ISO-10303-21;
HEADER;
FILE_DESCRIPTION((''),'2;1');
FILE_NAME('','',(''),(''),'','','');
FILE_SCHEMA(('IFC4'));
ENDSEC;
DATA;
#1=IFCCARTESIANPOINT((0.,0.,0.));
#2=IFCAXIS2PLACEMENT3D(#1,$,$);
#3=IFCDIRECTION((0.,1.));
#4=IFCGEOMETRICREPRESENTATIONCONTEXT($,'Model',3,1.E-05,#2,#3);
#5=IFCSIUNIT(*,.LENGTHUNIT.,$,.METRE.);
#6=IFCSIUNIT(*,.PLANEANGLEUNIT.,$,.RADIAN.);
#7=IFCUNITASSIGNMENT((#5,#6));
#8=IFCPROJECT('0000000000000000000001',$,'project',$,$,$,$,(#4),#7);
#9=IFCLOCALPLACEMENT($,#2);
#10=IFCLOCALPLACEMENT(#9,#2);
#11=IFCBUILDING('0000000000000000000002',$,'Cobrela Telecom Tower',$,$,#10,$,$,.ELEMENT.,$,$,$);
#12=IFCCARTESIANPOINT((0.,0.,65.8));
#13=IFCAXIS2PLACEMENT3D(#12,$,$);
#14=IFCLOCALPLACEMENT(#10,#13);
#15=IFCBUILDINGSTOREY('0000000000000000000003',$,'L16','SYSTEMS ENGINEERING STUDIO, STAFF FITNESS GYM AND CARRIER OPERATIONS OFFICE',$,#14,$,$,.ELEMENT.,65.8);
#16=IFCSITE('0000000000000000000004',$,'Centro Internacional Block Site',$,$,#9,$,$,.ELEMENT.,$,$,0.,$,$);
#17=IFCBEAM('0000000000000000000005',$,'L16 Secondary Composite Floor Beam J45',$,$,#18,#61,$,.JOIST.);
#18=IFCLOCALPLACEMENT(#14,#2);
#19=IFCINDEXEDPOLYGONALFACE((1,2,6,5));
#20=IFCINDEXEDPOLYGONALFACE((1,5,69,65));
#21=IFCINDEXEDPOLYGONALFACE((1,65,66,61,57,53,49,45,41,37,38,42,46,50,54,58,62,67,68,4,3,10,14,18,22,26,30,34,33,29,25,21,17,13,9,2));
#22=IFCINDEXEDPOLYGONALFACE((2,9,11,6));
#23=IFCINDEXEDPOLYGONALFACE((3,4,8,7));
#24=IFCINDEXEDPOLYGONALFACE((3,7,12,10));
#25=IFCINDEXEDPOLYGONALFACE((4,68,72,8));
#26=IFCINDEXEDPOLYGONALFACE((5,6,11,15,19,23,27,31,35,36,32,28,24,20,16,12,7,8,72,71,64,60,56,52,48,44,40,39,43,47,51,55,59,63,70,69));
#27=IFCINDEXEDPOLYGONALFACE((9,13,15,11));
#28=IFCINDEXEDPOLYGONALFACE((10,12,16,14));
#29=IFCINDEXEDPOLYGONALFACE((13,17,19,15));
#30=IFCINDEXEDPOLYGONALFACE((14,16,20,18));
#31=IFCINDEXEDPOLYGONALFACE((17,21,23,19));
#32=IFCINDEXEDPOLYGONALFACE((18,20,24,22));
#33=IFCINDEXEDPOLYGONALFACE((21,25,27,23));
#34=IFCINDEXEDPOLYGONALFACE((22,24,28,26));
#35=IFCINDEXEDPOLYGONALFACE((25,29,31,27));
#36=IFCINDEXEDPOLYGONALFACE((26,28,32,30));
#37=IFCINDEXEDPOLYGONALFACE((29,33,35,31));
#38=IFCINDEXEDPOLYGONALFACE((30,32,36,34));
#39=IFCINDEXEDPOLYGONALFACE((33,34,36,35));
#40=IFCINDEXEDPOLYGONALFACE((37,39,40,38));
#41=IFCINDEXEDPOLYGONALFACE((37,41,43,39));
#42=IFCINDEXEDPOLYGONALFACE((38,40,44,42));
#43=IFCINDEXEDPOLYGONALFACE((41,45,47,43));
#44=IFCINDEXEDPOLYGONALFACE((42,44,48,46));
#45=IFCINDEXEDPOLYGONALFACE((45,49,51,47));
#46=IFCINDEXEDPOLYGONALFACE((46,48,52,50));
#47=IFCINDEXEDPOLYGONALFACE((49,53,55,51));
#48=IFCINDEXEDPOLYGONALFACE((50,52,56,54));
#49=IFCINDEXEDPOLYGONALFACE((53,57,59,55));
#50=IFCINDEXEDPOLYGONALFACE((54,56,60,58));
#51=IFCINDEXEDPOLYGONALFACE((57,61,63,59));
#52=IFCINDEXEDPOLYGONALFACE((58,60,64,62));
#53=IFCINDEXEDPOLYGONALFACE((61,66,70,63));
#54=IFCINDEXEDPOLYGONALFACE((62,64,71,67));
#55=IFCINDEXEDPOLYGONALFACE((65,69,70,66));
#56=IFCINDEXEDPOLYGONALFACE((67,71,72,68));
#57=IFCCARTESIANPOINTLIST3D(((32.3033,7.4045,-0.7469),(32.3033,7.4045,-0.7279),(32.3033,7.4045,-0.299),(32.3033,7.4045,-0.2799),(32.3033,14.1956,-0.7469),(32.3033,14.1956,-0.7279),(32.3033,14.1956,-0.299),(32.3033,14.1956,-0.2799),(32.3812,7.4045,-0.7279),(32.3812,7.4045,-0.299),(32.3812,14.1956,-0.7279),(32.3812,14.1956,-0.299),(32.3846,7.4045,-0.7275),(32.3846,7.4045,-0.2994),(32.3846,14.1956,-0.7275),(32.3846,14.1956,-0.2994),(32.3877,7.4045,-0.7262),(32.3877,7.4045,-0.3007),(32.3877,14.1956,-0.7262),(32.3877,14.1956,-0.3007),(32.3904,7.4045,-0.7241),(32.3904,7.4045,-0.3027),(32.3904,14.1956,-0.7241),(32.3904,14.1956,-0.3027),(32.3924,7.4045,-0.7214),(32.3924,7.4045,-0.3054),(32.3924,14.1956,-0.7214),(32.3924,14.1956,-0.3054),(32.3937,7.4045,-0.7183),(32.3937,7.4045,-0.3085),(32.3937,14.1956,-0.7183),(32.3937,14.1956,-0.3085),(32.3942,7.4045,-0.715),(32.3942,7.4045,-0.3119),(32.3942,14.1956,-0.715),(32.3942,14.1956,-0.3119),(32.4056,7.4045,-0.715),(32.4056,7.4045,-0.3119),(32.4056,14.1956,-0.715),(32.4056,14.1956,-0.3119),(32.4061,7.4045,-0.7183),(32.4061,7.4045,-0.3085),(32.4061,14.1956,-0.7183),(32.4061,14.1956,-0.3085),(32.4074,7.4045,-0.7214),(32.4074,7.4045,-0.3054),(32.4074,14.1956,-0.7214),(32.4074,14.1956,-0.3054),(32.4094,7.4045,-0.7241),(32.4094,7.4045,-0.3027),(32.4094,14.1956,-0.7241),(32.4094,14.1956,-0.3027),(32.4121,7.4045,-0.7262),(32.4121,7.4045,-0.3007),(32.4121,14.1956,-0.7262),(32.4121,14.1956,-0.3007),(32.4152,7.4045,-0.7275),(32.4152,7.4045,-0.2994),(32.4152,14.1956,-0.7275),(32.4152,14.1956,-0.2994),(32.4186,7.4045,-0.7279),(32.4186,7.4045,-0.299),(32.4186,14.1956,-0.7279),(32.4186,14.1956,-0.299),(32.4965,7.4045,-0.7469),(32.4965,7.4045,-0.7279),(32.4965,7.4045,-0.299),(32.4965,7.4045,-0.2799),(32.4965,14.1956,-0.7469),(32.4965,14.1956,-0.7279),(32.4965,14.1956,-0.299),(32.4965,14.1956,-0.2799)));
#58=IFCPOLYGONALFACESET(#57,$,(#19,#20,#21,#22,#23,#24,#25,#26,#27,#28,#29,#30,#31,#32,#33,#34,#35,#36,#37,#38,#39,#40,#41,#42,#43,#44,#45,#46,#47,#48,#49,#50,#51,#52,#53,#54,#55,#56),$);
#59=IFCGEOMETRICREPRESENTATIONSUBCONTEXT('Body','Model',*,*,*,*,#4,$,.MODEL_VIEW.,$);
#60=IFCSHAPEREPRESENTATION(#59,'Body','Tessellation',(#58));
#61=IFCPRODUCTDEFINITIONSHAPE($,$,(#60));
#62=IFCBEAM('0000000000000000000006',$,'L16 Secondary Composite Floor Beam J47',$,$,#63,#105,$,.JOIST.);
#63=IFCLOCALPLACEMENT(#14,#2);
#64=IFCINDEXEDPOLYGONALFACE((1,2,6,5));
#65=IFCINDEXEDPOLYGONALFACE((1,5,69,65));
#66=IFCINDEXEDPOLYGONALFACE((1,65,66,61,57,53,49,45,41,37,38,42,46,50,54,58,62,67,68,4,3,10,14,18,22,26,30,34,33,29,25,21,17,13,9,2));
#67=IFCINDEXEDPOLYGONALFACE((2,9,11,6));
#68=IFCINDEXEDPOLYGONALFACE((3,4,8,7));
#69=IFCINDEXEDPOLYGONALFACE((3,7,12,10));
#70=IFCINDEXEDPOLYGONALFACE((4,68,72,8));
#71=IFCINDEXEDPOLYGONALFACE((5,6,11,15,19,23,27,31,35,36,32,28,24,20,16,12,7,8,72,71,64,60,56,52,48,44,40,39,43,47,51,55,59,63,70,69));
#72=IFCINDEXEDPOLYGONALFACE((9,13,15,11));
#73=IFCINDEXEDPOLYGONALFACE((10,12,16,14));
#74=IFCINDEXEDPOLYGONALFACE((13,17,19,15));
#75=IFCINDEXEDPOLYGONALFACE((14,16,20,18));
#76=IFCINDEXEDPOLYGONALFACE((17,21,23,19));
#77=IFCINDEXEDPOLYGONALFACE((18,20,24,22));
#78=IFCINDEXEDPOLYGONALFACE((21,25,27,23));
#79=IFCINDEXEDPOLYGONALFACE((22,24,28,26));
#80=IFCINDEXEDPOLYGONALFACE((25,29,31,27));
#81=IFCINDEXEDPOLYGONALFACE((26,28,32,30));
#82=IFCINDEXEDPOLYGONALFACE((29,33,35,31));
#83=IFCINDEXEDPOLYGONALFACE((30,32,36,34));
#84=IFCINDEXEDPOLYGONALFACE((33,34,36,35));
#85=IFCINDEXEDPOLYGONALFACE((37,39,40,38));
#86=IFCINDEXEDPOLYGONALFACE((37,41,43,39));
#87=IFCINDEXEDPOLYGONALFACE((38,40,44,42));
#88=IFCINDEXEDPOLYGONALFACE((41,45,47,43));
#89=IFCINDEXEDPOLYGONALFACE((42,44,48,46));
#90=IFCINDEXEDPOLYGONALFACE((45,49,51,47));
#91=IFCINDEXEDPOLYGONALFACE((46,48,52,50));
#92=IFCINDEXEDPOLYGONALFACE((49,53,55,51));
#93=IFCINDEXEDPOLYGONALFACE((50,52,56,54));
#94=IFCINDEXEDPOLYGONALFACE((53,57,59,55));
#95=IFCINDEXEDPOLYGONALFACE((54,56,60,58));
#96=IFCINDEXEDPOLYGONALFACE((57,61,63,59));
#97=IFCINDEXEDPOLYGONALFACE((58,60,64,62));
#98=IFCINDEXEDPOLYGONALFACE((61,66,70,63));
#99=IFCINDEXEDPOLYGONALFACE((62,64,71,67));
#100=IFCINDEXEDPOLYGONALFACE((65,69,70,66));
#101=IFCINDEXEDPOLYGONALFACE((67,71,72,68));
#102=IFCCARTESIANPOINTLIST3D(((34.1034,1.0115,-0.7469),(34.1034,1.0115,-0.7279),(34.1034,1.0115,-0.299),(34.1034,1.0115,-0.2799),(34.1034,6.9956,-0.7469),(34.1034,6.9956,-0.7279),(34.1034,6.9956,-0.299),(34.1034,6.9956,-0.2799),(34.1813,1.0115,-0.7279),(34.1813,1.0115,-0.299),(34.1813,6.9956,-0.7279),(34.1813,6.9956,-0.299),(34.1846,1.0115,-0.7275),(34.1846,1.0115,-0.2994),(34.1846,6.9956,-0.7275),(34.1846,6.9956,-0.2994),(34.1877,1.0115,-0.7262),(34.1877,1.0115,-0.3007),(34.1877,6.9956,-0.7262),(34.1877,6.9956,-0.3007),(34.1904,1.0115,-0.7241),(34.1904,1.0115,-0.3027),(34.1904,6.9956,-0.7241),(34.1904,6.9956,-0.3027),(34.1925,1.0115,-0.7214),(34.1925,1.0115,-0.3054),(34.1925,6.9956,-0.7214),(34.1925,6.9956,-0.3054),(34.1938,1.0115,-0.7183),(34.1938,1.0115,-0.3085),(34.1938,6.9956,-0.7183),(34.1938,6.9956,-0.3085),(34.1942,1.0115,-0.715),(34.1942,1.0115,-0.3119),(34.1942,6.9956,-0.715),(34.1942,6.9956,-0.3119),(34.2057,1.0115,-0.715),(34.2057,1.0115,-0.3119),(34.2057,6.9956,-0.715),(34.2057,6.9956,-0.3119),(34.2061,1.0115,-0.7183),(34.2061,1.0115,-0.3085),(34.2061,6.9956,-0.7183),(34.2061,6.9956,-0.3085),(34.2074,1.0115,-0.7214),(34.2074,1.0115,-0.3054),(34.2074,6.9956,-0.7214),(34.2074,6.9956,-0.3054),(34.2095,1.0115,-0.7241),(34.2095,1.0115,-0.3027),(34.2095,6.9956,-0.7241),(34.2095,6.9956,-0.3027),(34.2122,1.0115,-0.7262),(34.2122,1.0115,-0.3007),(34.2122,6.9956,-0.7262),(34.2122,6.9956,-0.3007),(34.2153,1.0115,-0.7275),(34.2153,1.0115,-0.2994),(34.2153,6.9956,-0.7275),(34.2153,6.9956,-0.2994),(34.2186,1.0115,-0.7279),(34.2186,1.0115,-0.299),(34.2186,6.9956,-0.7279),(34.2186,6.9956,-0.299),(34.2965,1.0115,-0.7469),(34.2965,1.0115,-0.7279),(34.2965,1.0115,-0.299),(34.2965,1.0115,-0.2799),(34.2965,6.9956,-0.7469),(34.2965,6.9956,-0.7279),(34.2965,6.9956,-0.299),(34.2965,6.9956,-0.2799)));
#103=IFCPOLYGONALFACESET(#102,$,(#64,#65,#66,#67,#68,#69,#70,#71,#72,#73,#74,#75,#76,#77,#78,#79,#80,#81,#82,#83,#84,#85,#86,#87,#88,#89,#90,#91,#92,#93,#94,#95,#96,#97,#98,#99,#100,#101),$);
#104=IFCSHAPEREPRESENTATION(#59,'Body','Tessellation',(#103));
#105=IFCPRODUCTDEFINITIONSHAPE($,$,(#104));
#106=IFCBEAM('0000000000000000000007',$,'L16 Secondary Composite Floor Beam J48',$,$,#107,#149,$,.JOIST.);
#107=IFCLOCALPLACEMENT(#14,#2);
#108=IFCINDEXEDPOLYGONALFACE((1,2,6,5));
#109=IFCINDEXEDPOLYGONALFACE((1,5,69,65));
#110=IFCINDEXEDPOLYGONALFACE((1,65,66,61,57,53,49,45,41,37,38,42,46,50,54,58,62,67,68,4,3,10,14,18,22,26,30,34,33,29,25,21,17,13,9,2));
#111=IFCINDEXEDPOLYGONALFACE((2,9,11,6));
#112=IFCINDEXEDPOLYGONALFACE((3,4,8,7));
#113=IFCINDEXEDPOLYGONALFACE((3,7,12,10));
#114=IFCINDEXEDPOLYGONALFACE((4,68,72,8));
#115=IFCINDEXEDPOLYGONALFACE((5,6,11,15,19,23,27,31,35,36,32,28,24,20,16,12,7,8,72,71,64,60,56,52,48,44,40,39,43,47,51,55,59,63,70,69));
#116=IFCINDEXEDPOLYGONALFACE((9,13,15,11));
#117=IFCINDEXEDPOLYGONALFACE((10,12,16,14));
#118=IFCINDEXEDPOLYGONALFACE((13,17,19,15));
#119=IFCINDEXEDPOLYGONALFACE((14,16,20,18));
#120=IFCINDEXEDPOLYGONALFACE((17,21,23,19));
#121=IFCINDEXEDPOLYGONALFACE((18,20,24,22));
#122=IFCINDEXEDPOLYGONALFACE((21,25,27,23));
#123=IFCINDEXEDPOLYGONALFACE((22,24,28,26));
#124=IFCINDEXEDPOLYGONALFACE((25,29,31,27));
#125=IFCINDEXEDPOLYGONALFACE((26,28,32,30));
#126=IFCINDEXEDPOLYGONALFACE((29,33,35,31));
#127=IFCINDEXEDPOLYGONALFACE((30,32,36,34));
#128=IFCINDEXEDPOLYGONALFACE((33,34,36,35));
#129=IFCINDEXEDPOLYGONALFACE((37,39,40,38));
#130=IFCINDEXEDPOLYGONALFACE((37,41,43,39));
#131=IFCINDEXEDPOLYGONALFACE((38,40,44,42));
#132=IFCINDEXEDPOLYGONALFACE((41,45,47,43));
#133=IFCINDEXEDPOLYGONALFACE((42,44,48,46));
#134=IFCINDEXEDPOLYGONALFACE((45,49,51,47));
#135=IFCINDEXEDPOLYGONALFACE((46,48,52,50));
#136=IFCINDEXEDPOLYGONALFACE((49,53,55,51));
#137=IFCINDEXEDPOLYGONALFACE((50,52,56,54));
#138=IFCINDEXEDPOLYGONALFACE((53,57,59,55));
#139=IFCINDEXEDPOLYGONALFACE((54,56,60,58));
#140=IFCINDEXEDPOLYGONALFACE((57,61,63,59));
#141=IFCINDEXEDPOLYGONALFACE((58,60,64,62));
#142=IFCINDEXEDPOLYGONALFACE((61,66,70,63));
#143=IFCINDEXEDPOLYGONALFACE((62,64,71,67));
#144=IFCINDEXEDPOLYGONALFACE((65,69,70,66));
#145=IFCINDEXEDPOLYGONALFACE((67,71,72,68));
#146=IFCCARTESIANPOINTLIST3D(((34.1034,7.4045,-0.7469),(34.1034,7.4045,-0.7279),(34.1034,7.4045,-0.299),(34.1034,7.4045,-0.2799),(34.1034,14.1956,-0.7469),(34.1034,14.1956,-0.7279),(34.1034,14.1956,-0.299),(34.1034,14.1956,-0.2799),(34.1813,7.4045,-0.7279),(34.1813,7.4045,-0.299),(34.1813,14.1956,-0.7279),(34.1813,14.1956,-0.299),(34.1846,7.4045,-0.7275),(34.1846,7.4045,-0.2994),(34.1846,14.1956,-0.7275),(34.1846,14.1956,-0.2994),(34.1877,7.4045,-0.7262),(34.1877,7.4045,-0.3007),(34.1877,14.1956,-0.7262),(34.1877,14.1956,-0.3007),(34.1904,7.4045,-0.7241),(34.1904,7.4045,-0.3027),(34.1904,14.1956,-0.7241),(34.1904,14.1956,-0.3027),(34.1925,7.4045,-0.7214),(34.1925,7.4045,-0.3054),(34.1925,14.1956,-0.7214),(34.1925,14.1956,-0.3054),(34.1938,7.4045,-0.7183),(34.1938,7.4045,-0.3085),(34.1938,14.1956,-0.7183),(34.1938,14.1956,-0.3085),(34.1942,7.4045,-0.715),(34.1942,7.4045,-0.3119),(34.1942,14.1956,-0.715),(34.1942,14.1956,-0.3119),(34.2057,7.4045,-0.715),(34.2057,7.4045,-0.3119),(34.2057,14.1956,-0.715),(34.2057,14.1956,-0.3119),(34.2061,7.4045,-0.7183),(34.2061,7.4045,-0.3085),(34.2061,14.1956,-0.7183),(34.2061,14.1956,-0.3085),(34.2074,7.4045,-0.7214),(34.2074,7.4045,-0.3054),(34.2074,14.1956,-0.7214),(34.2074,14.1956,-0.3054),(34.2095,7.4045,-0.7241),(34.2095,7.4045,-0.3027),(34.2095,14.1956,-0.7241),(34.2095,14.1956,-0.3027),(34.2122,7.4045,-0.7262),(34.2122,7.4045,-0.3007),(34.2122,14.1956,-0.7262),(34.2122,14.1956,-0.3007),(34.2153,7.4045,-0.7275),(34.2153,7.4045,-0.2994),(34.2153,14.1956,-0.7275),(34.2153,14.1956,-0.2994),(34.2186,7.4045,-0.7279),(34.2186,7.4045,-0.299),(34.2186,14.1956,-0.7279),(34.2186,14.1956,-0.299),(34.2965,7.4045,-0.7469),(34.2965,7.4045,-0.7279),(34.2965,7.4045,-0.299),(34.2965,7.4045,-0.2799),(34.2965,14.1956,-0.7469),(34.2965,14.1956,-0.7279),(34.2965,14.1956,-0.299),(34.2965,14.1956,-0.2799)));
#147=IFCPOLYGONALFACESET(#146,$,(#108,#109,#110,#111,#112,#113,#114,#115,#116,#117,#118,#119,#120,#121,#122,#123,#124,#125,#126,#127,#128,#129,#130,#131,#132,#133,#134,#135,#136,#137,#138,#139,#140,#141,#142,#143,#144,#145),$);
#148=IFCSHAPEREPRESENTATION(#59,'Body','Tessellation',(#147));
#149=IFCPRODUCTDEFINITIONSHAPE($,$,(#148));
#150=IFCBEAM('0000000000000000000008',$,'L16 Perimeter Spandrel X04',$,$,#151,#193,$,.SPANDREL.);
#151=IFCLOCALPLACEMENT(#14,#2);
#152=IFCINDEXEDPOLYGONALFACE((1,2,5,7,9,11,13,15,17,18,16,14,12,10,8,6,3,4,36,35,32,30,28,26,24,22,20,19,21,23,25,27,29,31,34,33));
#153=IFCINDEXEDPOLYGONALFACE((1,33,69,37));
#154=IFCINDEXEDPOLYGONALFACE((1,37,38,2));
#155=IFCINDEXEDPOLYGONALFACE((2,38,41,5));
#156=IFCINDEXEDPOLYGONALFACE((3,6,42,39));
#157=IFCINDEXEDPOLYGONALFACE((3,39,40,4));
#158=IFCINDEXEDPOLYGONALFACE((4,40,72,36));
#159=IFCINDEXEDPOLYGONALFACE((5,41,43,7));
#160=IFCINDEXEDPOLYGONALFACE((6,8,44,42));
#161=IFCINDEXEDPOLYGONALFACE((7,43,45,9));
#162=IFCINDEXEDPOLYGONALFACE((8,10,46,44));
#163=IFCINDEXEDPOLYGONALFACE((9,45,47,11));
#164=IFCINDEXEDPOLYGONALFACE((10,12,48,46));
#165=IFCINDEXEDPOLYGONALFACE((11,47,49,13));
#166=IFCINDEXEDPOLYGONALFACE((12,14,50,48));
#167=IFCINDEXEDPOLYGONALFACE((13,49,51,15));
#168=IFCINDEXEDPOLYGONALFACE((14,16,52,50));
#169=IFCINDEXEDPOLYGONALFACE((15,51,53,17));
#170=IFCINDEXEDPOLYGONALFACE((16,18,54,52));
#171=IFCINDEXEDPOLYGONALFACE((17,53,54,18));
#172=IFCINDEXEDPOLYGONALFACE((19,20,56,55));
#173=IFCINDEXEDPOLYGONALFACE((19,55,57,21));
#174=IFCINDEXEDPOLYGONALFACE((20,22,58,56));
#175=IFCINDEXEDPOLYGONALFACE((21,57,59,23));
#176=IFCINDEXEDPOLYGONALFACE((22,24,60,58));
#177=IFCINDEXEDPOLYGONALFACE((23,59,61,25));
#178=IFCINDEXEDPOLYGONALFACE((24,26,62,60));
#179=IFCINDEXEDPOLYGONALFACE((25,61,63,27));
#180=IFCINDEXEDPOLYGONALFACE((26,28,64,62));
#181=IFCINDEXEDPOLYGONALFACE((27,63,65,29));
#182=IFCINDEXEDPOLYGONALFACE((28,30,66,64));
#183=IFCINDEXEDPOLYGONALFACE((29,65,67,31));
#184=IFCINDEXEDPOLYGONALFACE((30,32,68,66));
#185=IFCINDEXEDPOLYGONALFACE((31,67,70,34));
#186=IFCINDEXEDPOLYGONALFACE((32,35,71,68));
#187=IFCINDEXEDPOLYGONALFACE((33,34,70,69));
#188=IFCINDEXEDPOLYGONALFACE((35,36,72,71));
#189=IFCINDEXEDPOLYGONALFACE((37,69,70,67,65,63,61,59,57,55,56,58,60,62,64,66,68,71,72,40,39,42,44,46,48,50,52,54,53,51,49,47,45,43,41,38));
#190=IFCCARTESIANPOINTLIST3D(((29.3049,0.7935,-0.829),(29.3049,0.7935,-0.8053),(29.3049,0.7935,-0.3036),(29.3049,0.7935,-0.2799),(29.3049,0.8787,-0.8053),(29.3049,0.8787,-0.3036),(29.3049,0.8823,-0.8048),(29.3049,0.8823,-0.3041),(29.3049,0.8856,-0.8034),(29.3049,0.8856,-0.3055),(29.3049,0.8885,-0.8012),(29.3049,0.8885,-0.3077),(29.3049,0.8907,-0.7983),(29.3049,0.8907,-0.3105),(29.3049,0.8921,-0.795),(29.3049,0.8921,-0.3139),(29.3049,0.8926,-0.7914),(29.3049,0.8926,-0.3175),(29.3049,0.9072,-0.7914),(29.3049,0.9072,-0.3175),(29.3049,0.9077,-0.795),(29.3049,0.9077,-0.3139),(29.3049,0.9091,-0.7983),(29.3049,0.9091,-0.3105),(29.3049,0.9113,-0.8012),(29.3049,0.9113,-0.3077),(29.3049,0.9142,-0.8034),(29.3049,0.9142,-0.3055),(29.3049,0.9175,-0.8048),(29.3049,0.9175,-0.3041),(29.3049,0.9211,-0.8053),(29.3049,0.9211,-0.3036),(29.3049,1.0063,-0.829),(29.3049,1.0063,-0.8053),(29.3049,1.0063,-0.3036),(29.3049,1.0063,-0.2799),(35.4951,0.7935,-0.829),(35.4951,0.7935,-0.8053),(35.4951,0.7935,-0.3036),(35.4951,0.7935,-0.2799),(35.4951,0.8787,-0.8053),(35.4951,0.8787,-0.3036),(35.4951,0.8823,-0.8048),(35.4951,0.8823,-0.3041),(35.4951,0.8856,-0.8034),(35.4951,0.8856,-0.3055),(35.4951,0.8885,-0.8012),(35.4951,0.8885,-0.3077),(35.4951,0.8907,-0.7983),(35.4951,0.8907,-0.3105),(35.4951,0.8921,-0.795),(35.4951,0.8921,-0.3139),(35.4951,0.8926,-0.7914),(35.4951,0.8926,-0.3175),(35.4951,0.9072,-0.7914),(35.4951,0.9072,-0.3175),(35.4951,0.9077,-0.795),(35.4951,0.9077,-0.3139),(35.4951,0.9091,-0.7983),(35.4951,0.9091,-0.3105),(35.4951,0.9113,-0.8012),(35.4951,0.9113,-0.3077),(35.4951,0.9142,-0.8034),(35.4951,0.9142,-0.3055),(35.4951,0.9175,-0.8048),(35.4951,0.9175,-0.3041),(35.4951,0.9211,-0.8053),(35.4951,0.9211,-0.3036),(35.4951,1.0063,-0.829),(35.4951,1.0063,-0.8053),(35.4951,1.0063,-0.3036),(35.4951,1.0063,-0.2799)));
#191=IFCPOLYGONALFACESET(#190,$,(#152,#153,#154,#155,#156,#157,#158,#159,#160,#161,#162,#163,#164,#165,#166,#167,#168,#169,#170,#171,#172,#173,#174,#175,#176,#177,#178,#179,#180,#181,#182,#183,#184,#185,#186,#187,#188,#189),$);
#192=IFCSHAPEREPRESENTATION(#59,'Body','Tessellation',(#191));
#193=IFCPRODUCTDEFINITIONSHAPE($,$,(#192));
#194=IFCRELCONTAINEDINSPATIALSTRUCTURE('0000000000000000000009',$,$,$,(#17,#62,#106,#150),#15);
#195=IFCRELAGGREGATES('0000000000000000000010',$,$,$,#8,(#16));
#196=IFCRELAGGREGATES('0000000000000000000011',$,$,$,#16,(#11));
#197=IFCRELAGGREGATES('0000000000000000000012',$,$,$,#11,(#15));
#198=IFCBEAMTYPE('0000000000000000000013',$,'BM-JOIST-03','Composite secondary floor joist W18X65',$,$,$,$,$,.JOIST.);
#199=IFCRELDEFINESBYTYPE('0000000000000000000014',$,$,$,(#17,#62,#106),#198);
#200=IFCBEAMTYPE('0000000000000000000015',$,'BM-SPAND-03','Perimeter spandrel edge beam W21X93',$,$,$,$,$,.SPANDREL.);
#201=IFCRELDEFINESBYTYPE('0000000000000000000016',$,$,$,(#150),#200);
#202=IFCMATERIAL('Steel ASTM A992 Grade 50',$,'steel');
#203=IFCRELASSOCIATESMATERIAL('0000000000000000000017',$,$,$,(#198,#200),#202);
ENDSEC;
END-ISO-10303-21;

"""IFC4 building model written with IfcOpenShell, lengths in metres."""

from ifc_helpers import new_model, si_unit, direction, frame, origin, origin_2d, place, context, subcontext, project, spatial, i_section, extrude, material, material_profile, profile_set, type_object, element, save


model = new_model("IFC4")

# Units and contexts
model_context = context("Model", 3, precision=1e-05, world=origin(), true_north=direction((0.0, 1.0)))
body_context = subcontext(model_context, "Body", "Model", "MODEL_VIEW")
ifc_project = project(units=[si_unit("LENGTHUNIT", "METRE"), si_unit("PLANEANGLEUNIT", "RADIAN")], contexts=[model_context])

# Site, building, storey
site_placement = place(None, origin())
site = spatial("IfcSite", under=ifc_project, at=site_placement, Name="Centro Internacional Block Site", CompositionType="ELEMENT", RefElevation=0.0)
building_placement = place(site_placement, origin())
building = spatial("IfcBuilding", under=site, at=building_placement, Name="Cobrela Telecom Tower", CompositionType="ELEMENT")
storey_placement = place(building_placement, frame((0.0, 0.0, 65.8)))
storey = spatial("IfcBuildingStorey", under=building, at=storey_placement, Name="L16", Description="SYSTEMS ENGINEERING STUDIO, STAFF FITNESS GYM AND CARRIER OPERATIONS OFFICE", CompositionType="ELEMENT", Elevation=65.8)

# Shared definitions
ifc_material_1 = material(Name="Steel ASTM A992 Grade 50", Category="steel")

# Beams
ifc_material_profile_1 = material_profile(ifc_material_1, i_section(OverallWidth=0.1931, OverallDepth=0.467, WebThickness=0.0115, FlangeThickness=0.019, FilletRadius=0.0129, at=origin_2d()), Name="W18X65")
ifc_profile_set_1 = profile_set([ifc_material_profile_1], Name="Steel ASTM A992 Grade 50")
beam_type_1 = type_object("IfcBeamType", Name="BM-JOIST-03", Description="Composite secondary floor joist W18X65", PredefinedType="JOIST", material=ifc_profile_set_1)
beam_1_placement = place(storey_placement, frame((32.3999, 7.4045, -0.5134), z_axis=(0.0, 1.0, 0.0), x_axis=(-1.0, 0.0, 0.0)))
element("IfcBeam", 1, at=beam_1_placement, inside=storey, type_object=beam_type_1, Name="L16 Secondary Composite Floor Beam J45", PredefinedType="JOIST", context=body_context, shape_type="SweptSolid", body=[
    extrude(i_section(OverallWidth=0.1931, OverallDepth=0.467, WebThickness=0.0115, FlangeThickness=0.019, FilletRadius=0.0129, at=origin_2d()), origin(), (0.0, 0.0, 1.0), 6.791),
])
beam_2_placement = place(storey_placement, frame((34.2, 1.0115, -0.5134), z_axis=(0.0, 1.0, 0.0), x_axis=(-1.0, 0.0, 0.0)))
element("IfcBeam", 2, at=beam_2_placement, inside=storey, type_object=beam_type_1, Name="L16 Secondary Composite Floor Beam J47", PredefinedType="JOIST", context=body_context, shape_type="SweptSolid", body=[
    extrude(i_section(OverallWidth=0.1931, OverallDepth=0.467, WebThickness=0.0115, FlangeThickness=0.019, FilletRadius=0.0129, at=origin_2d()), origin(), (0.0, 0.0, 1.0), 5.9841),
])
beam_3_placement = place(storey_placement, frame((34.2, 7.4045, -0.5134), z_axis=(0.0, 1.0, 0.0), x_axis=(-1.0, 0.0, 0.0)))
element("IfcBeam", 3, at=beam_3_placement, inside=storey, type_object=beam_type_1, Name="L16 Secondary Composite Floor Beam J48", PredefinedType="JOIST", context=body_context, shape_type="SweptSolid", body=[
    extrude(i_section(OverallWidth=0.1931, OverallDepth=0.467, WebThickness=0.0115, FlangeThickness=0.019, FilletRadius=0.0129, at=origin_2d()), origin(), (0.0, 0.0, 1.0), 6.791),
])
ifc_material_profile_2 = material_profile(ifc_material_1, i_section(OverallWidth=0.2129, OverallDepth=0.5491, WebThickness=0.0146, FlangeThickness=0.0237, FilletRadius=0.0139, at=origin_2d()), Name="W21X93")
ifc_profile_set_2 = profile_set([ifc_material_profile_2], Name="Steel ASTM A992 Grade 50")
beam_type_2 = type_object("IfcBeamType", Name="BM-SPAND-03", Description="Perimeter spandrel edge beam W21X93", PredefinedType="SPANDREL", material=ifc_profile_set_2)
beam_4_placement = place(storey_placement, frame((29.3049, 0.8999, -0.5544), z_axis=(1.0, 0.0, 0.0), x_axis=(0.0, 1.0, 0.0)))
element("IfcBeam", 4, at=beam_4_placement, inside=storey, type_object=beam_type_2, Name="L16 Perimeter Spandrel X04", PredefinedType="SPANDREL", context=body_context, shape_type="SweptSolid", body=[
    extrude(i_section(OverallWidth=0.2129, OverallDepth=0.5491, WebThickness=0.0146, FlangeThickness=0.0237, FilletRadius=0.0139, at=origin_2d()), origin(), (0.0, 0.0, 1.0), 6.1902),
])

save(model, "model.ifc")
